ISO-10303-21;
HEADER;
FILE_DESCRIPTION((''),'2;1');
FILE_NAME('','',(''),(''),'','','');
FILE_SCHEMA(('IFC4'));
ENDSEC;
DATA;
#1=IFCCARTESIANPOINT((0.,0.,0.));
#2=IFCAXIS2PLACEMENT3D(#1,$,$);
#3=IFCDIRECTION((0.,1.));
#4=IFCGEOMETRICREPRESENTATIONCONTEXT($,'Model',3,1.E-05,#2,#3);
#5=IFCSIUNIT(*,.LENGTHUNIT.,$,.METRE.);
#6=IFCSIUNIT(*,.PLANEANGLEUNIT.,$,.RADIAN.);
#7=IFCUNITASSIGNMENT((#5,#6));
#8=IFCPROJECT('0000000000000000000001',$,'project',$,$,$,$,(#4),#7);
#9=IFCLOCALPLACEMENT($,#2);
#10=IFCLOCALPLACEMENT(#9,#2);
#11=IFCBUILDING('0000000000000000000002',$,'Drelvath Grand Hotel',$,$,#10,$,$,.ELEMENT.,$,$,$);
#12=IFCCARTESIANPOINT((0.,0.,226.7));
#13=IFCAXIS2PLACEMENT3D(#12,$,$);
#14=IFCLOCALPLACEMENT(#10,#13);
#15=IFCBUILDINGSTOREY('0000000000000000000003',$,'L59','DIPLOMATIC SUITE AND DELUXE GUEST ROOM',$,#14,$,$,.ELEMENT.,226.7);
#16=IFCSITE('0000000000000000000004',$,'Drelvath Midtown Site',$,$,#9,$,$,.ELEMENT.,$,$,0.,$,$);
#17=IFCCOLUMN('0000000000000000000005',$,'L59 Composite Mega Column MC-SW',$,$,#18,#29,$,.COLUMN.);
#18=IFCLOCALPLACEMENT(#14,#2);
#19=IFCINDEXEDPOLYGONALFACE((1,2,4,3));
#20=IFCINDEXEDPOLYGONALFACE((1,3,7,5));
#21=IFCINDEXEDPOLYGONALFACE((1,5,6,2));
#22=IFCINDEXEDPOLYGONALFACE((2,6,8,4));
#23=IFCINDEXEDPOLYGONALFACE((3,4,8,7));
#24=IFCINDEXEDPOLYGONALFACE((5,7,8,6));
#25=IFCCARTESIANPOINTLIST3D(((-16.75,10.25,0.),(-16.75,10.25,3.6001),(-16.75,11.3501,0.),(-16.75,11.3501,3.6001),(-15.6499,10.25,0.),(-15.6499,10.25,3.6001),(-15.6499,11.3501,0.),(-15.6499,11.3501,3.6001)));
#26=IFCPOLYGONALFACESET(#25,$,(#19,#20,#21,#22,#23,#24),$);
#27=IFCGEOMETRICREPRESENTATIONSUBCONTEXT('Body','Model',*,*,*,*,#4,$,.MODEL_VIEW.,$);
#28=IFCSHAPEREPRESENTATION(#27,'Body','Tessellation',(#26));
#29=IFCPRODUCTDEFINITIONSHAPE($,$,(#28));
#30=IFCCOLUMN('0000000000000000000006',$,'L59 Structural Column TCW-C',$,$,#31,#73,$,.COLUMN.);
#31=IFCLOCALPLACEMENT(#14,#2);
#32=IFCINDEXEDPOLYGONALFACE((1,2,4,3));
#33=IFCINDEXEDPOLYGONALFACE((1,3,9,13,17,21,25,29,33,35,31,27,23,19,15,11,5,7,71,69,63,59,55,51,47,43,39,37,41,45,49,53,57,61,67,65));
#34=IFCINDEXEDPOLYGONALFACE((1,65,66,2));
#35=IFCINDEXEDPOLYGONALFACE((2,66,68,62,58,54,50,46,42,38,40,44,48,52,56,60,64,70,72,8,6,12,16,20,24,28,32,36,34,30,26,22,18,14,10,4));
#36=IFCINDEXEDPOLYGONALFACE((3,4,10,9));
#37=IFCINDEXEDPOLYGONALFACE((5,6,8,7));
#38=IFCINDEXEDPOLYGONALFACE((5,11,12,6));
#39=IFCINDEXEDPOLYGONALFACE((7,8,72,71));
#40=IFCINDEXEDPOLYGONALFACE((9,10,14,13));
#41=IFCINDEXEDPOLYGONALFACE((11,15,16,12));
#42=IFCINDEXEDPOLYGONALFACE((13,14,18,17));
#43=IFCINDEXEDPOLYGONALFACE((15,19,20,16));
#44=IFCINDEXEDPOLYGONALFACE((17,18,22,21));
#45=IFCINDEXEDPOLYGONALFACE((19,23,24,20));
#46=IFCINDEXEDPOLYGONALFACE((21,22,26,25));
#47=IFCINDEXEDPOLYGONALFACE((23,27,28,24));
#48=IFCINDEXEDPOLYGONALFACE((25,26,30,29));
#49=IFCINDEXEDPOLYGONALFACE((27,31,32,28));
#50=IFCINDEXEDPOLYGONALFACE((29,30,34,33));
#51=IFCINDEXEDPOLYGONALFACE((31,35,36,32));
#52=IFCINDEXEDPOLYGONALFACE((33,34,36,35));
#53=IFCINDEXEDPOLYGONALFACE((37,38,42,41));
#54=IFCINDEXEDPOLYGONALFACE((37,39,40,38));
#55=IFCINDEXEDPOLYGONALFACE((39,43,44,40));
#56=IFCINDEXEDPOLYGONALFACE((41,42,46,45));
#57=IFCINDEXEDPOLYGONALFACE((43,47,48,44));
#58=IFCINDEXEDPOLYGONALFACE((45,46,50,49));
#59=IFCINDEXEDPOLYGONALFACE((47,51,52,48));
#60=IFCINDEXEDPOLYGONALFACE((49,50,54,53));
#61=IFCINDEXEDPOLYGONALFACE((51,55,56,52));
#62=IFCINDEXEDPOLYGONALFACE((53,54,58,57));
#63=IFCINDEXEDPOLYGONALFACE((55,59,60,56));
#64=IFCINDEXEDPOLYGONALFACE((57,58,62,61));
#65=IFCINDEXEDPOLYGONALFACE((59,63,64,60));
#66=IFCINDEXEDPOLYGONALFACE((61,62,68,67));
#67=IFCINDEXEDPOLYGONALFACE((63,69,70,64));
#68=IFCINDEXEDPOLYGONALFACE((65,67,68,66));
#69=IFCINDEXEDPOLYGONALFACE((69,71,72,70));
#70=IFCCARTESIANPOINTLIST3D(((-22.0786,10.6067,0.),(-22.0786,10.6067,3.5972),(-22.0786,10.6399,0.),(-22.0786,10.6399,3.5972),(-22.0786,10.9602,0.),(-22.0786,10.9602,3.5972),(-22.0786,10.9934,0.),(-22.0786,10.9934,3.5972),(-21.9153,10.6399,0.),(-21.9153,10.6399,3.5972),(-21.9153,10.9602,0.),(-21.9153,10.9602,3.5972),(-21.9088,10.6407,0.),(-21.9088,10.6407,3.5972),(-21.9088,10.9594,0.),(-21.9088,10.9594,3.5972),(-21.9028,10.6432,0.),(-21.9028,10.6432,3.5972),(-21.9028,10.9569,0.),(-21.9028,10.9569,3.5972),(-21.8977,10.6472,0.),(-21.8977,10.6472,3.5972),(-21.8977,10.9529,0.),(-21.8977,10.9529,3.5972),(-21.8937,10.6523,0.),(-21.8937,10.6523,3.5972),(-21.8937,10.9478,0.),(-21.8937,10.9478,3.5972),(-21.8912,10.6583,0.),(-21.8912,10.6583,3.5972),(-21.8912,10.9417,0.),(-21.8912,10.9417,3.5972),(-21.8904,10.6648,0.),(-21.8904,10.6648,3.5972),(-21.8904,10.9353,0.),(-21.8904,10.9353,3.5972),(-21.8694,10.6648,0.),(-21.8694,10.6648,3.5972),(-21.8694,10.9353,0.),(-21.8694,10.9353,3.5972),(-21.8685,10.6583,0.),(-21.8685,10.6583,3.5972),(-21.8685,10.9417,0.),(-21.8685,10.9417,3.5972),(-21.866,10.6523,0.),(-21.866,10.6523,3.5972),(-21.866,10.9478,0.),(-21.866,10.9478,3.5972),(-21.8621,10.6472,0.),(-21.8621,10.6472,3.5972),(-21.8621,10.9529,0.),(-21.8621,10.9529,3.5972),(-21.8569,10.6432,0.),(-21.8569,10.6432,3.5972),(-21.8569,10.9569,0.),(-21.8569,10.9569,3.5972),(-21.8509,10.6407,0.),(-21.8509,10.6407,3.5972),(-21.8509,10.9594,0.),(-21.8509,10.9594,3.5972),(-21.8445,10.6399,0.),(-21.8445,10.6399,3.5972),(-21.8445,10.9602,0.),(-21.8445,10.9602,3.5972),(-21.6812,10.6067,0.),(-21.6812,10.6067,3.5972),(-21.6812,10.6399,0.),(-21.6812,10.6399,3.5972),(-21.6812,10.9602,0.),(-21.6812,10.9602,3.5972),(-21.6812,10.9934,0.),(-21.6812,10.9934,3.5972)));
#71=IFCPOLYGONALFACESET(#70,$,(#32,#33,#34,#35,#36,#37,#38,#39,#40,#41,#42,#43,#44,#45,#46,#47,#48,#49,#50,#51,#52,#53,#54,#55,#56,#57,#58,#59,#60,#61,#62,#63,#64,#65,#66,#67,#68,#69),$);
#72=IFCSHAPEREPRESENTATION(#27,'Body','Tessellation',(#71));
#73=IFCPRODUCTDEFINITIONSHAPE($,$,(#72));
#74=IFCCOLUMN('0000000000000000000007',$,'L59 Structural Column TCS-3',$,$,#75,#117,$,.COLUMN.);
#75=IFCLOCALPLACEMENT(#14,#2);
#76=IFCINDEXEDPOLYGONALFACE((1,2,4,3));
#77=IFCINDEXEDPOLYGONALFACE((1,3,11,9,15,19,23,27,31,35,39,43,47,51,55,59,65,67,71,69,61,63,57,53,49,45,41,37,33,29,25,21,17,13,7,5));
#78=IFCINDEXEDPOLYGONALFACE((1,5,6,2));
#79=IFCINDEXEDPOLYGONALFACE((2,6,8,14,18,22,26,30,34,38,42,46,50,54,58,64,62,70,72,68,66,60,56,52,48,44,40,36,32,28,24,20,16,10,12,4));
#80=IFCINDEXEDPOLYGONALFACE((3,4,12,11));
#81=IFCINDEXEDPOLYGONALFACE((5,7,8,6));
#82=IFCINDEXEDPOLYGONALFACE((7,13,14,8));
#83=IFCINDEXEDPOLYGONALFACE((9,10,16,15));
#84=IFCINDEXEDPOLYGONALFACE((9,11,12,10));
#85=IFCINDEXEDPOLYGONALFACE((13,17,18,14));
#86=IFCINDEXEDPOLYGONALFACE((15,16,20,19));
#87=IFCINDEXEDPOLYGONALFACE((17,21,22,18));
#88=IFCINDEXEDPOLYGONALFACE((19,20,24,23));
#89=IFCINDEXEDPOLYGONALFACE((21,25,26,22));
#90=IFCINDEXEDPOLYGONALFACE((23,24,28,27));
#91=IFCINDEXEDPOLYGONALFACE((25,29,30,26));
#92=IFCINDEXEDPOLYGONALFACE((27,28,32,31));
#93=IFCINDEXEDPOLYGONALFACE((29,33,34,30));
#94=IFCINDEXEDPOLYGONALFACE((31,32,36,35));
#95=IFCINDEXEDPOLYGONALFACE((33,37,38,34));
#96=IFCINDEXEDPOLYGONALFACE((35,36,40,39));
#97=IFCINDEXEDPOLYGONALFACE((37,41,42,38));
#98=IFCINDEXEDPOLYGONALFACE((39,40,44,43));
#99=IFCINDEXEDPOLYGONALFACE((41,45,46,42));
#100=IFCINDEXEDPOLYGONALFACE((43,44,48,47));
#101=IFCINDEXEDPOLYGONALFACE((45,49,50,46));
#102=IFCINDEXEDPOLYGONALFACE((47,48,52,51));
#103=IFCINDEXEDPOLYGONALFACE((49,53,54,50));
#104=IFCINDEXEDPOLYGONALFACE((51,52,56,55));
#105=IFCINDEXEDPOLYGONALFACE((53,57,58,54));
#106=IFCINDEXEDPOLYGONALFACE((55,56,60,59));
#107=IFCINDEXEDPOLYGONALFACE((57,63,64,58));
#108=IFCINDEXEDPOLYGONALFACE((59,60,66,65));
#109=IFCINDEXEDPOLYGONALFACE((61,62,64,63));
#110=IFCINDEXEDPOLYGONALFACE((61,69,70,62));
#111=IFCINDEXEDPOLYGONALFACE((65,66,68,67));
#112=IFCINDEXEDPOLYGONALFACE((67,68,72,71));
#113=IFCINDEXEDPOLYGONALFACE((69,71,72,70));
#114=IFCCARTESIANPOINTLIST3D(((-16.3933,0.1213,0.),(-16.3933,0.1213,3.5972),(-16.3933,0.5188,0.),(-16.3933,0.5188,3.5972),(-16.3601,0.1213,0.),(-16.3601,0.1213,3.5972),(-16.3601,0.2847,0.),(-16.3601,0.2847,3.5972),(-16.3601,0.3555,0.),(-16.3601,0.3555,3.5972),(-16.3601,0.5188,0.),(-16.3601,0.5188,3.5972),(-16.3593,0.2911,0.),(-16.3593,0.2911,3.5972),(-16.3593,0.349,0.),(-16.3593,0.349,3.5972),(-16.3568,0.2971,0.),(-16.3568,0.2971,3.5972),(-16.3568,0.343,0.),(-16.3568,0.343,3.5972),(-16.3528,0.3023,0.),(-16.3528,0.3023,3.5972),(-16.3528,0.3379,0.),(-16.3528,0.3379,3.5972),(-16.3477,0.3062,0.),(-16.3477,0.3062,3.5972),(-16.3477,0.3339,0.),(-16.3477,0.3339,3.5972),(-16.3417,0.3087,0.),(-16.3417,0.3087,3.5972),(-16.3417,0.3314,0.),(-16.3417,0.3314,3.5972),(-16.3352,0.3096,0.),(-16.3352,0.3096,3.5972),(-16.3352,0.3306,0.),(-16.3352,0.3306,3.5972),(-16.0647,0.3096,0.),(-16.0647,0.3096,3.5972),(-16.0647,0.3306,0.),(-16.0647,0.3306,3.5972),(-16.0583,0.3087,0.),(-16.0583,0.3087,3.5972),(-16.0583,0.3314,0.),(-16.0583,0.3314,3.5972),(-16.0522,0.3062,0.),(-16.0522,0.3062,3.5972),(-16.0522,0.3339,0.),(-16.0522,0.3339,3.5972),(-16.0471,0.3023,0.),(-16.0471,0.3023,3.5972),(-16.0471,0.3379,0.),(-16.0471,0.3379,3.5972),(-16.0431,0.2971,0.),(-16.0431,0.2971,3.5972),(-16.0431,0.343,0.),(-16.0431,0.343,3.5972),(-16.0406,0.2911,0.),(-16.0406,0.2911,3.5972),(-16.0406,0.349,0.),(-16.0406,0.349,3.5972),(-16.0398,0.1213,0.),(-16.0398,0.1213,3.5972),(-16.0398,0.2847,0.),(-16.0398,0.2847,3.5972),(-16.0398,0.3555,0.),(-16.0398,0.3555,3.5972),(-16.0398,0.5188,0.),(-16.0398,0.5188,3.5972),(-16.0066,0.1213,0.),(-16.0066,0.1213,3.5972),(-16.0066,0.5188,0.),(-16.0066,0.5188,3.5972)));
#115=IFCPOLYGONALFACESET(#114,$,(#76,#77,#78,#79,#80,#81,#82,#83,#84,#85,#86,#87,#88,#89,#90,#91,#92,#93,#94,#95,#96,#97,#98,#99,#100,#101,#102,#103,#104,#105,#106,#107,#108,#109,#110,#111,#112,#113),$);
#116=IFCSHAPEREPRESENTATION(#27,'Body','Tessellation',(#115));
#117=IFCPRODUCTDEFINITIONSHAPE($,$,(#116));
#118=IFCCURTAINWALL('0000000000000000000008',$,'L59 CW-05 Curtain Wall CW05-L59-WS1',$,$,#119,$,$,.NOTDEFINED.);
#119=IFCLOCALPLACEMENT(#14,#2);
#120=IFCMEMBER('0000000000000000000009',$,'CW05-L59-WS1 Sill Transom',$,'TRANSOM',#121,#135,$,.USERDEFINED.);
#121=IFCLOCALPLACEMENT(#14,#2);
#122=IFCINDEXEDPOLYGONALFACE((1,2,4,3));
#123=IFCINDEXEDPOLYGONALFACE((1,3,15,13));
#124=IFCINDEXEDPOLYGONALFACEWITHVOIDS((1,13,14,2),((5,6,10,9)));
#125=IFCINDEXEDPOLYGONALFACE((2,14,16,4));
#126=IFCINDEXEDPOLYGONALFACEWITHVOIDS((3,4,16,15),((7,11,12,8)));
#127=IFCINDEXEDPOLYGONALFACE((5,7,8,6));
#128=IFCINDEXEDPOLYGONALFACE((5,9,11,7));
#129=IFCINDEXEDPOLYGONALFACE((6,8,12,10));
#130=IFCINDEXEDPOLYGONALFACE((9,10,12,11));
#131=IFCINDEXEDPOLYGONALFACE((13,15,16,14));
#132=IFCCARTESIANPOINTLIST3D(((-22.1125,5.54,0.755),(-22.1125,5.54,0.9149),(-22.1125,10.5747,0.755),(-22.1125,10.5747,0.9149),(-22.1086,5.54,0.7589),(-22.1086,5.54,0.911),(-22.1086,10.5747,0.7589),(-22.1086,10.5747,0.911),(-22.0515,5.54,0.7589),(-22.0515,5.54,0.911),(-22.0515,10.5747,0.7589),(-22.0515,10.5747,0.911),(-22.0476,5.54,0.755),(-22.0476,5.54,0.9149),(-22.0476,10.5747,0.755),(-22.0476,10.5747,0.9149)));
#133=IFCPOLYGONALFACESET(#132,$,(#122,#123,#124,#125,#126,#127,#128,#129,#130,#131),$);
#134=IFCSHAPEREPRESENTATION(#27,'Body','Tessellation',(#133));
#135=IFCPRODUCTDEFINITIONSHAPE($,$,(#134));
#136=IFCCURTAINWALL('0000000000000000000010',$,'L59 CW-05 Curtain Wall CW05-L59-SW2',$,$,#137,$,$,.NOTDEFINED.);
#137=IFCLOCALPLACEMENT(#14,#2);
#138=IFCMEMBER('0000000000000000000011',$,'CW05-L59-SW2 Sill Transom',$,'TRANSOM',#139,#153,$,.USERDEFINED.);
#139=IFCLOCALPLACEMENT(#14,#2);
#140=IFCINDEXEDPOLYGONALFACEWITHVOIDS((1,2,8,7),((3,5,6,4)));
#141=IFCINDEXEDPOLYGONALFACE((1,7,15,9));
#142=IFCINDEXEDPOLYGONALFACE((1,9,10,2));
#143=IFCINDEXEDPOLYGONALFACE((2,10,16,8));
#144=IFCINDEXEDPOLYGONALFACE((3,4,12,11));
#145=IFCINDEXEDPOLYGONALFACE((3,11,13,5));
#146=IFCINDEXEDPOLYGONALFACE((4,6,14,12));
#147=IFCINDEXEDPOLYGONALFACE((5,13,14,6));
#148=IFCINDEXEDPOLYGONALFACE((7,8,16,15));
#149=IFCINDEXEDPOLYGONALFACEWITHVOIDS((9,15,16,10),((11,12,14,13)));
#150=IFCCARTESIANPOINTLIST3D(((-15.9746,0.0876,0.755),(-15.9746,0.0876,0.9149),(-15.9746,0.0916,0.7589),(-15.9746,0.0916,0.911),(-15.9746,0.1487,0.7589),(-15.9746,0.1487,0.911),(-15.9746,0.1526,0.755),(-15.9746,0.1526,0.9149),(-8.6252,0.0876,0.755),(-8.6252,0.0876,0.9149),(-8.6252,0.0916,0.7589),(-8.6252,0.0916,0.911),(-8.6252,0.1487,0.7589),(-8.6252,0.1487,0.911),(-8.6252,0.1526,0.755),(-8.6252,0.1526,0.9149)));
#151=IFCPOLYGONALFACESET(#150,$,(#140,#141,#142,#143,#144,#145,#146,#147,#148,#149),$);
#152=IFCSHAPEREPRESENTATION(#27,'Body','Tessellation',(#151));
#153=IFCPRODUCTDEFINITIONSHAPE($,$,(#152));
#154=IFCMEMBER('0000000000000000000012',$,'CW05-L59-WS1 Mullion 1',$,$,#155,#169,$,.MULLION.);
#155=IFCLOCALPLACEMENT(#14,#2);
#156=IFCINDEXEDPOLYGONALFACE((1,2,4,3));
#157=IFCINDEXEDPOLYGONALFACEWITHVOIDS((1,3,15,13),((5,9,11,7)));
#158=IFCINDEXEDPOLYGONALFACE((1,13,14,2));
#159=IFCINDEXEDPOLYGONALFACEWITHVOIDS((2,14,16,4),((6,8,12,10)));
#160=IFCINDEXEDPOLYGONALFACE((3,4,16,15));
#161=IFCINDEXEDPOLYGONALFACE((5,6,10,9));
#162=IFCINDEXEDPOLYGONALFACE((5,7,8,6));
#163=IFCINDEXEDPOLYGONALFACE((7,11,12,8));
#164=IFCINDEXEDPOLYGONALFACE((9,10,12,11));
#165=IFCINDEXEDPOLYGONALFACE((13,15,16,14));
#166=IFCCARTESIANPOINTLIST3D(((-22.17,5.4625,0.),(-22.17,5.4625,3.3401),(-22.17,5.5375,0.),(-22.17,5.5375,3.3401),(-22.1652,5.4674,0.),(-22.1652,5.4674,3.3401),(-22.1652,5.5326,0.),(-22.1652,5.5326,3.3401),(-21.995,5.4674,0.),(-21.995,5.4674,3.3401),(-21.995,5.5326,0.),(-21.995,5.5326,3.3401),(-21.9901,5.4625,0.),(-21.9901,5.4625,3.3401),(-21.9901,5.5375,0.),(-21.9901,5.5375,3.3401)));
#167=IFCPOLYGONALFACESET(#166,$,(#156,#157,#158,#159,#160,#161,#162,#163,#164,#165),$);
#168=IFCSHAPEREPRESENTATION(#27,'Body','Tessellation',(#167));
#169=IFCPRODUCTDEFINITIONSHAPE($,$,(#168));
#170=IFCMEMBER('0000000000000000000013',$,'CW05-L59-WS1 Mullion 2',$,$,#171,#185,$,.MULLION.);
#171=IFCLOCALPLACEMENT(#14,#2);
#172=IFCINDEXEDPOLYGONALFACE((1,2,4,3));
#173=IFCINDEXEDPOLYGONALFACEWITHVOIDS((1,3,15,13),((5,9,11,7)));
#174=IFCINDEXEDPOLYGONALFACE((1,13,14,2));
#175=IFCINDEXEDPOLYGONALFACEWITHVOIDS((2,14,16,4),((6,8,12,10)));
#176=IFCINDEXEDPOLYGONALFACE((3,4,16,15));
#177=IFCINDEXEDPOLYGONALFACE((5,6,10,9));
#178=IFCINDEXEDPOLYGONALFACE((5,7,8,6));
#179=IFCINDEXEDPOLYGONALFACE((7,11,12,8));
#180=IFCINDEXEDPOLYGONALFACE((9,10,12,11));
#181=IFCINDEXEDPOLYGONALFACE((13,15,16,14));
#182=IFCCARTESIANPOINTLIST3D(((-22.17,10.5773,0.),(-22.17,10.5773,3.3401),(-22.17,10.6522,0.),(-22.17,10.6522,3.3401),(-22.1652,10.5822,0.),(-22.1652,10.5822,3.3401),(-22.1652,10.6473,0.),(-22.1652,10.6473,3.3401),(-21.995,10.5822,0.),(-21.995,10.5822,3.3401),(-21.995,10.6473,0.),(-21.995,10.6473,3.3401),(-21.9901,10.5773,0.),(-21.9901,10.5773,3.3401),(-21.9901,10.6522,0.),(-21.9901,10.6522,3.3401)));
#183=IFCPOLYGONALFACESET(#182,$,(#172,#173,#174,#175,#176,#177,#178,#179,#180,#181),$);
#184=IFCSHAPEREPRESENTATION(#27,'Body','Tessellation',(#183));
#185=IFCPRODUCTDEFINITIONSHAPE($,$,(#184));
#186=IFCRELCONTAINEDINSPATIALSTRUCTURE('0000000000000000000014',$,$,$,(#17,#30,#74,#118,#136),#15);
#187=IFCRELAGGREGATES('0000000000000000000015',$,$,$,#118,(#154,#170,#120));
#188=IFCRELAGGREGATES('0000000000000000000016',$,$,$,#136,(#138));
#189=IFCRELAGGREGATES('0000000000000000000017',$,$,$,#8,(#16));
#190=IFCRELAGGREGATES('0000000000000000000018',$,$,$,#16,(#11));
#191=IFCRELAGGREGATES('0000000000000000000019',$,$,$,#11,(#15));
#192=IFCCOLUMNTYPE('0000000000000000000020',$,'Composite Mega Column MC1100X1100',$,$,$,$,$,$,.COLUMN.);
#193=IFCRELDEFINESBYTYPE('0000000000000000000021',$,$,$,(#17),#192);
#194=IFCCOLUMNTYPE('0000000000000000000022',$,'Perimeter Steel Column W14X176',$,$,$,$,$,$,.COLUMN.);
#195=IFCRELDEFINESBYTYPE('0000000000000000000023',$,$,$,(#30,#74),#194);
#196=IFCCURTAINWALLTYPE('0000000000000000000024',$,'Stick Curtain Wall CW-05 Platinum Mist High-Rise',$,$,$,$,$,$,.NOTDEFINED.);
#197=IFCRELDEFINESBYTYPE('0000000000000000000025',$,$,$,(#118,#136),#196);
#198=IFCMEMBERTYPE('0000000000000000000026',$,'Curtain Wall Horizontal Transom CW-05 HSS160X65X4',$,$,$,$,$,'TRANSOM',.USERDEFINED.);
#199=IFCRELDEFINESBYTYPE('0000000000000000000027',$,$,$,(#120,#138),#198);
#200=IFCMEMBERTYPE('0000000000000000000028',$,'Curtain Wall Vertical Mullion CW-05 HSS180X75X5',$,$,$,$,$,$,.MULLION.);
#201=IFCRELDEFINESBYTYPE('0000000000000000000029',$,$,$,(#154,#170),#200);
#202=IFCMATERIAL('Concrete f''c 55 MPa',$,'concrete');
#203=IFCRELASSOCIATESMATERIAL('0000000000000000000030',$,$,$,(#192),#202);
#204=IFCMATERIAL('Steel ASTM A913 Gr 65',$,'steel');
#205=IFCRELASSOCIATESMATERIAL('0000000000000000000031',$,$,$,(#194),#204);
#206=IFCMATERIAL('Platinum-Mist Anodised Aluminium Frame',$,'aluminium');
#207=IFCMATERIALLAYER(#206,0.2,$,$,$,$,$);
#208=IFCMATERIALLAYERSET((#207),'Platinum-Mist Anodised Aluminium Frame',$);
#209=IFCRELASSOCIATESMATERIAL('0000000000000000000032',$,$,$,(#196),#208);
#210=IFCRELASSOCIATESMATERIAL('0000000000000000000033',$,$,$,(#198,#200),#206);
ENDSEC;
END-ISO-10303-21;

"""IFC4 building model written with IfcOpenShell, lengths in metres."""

from ifc_helpers import new_model, si_unit, direction, frame, origin, origin_2d, place, context, subcontext, project, spatial, rectangle, hollow_rectangle, i_section, extrude, material, layer, layer_set, material_profile, profile_set, type_object, element, aggregate, save


model = new_model("IFC4")

# Units and contexts
model_context = context("Model", 3, precision=1e-05, world=origin(), true_north=direction((0.0, 1.0)))
body_context = subcontext(model_context, "Body", "Model", "MODEL_VIEW")
ifc_project = project(units=[si_unit("LENGTHUNIT", "METRE"), si_unit("PLANEANGLEUNIT", "RADIAN")], contexts=[model_context])

# Site, building, storey
site_placement = place(None, origin())
site = spatial("IfcSite", under=ifc_project, at=site_placement, Name="Drelvath Midtown Site", CompositionType="ELEMENT", RefElevation=0.0)
building_placement = place(site_placement, origin())
building = spatial("IfcBuilding", under=site, at=building_placement, Name="Drelvath Grand Hotel", CompositionType="ELEMENT")
storey_placement = place(building_placement, frame((0.0, 0.0, 226.7)))
storey = spatial("IfcBuildingStorey", under=building, at=storey_placement, Name="L59", Description="DIPLOMATIC SUITE AND DELUXE GUEST ROOM", CompositionType="ELEMENT", Elevation=226.7)

# Columns
ifc_material_1 = material(Name="Concrete f'c 55 MPa", Category="concrete")
ifc_material_profile_1 = material_profile(ifc_material_1, rectangle(XDim=1.1001, YDim=1.1001, at=origin_2d()), Name="MC1100X1100")
ifc_profile_set_1 = profile_set([ifc_material_profile_1], Name="Concrete f'c 55 MPa")
column_type_1 = type_object("IfcColumnType", Name="Composite Mega Column MC1100X1100", PredefinedType="COLUMN", material=ifc_profile_set_1)
column_placement = place(storey_placement, frame((-16.2, 10.8, 0.0), z_axis=(0.0, 0.0, 1.0), x_axis=(1.0, 0.0, 0.0)))
element("IfcColumn", 1, at=column_placement, inside=storey, type_object=column_type_1, Name="L59 Composite Mega Column MC-SW", PredefinedType="COLUMN", context=body_context, shape_type="SweptSolid", body=[
    extrude(rectangle(XDim=1.1001, YDim=1.1001, at=origin_2d()), origin(), (0.0, 0.0, 1.0), 3.6001),
])
ifc_material_2 = material(Name="Steel ASTM A913 Gr 65", Category="steel")
ifc_material_profile_2 = material_profile(ifc_material_2, i_section(OverallWidth=0.3975, OverallDepth=0.3867, WebThickness=0.021, FlangeThickness=0.0332, FilletRadius=0.0249, at=origin_2d()), Name="W14X176")
ifc_profile_set_2 = profile_set([ifc_material_profile_2], Name="Steel ASTM A913 Gr 65")
column_type_2 = type_object("IfcColumnType", Name="Perimeter Steel Column W14X176", PredefinedType="COLUMN", material=ifc_profile_set_2)
for number, where, z_axis, x_axis, name in (
    (2, (-21.8799, 10.8, 0.0), (0.0, 0.0, 1.0), (1.0, 0.0, 0.0), "L59 Structural Column TCW-C"),
    (3, (-16.2, 0.3201, 0.0), (0.0, 0.0, 1.0), (0.0, 1.0, 0.0), "L59 Structural Column TCS-3"),
):
    element("IfcColumn", number, at=place(storey_placement, frame(where, z_axis=z_axis, x_axis=x_axis)), inside=storey, type_object=column_type_2, Name=name, PredefinedType="COLUMN", context=body_context, shape_type="SweptSolid", body=[
        extrude(i_section(OverallWidth=0.3975, OverallDepth=0.3867, WebThickness=0.021, FlangeThickness=0.0332, FilletRadius=0.0249, at=origin_2d()), origin(), (0.0, 0.0, 1.0), 3.5972),
    ])

# Curtain walls, members
ifc_material_3 = material(Name="Platinum-Mist Anodised Aluminium Frame", Category="aluminium")
ifc_layer_1 = layer(ifc_material_3, 0.2)
ifc_layer_set_1 = layer_set([ifc_layer_1], Name="Platinum-Mist Anodised Aluminium Frame")
curtain_wall_type = type_object("IfcCurtainWallType", Name="Stick Curtain Wall CW-05 Platinum Mist High-Rise", PredefinedType="NOTDEFINED", material=ifc_layer_set_1)
curtain_wall_1_placement = place(storey_placement, origin())
curtain_wall_1 = element("IfcCurtainWall", 4, at=curtain_wall_1_placement, inside=storey, type_object=curtain_wall_type, Name="L59 CW-05 Curtain Wall CW05-L59-WS1", PredefinedType="NOTDEFINED")
ifc_material_profile_3 = material_profile(ifc_material_3, hollow_rectangle(XDim=0.0649, YDim=0.1599, WallThickness=0.0039, at=origin_2d()), Name="HSS160X65X4")
ifc_profile_set_3 = profile_set([ifc_material_profile_3], Name="Platinum-Mist Anodised Aluminium Frame")
member_type_1 = type_object("IfcMemberType", Name="Curtain Wall Horizontal Transom CW-05 HSS160X65X4", ElementType="TRANSOM", PredefinedType="USERDEFINED", material=ifc_profile_set_3)
member_1_placement = place(storey_placement, frame((-22.0801, 5.54, 0.835), z_axis=(0.0, 1.0, 0.0), x_axis=(-1.0, 0.0, 0.0)))
member_1 = element("IfcMember", 5, at=member_1_placement, type_object=member_type_1, Name="CW05-L59-WS1 Sill Transom", ObjectType="TRANSOM", PredefinedType="USERDEFINED", context=body_context, shape_type="SweptSolid", body=[
    extrude(hollow_rectangle(XDim=0.0649, YDim=0.1599, WallThickness=0.0039, at=origin_2d()), origin(), (0.0, 0.0, 1.0), 5.0347),
])
curtain_wall_2_placement = place(storey_placement, origin())
curtain_wall_2 = element("IfcCurtainWall", 6, at=curtain_wall_2_placement, inside=storey, type_object=curtain_wall_type, Name="L59 CW-05 Curtain Wall CW05-L59-SW2", PredefinedType="NOTDEFINED")
member_2_placement = place(storey_placement, frame((-8.6252, 0.1201, 0.835), z_axis=(-1.0, 0.0, 0.0), x_axis=(0.0, -1.0, 0.0)))
member_2 = element("IfcMember", 7, at=member_2_placement, type_object=member_type_1, Name="CW05-L59-SW2 Sill Transom", ObjectType="TRANSOM", PredefinedType="USERDEFINED", context=body_context, shape_type="SweptSolid", body=[
    extrude(hollow_rectangle(XDim=0.0649, YDim=0.1599, WallThickness=0.0039, at=origin_2d()), origin(), (0.0, 0.0, 1.0), 7.3494),
])

# Members
ifc_material_profile_4 = material_profile(ifc_material_3, hollow_rectangle(XDim=0.075, YDim=0.1799, WallThickness=0.0049, at=origin_2d()), Name="HSS180X75X5")
ifc_profile_set_4 = profile_set([ifc_material_profile_4], Name="Platinum-Mist Anodised Aluminium Frame")
member_type_2 = type_object("IfcMemberType", Name="Curtain Wall Vertical Mullion CW-05 HSS180X75X5", PredefinedType="MULLION", material=ifc_profile_set_4)
member_3_placement = place(storey_placement, frame((-22.0801, 5.5, 0.0), z_axis=(0.0, 0.0, 1.0), x_axis=(0.0, 1.0, 0.0)))
member_3 = element("IfcMember", 8, at=member_3_placement, type_object=member_type_2, Name="CW05-L59-WS1 Mullion 1", PredefinedType="MULLION", context=body_context, shape_type="SweptSolid", body=[
    extrude(hollow_rectangle(XDim=0.075, YDim=0.1799, WallThickness=0.0049, at=origin_2d()), origin(), (0.0, 0.0, 1.0), 3.3401),
])
member_4_placement = place(storey_placement, frame((-22.0801, 10.6147, 0.0), z_axis=(0.0, 0.0, 1.0), x_axis=(0.0, 1.0, 0.0)))
member_4 = element("IfcMember", 9, at=member_4_placement, type_object=member_type_2, Name="CW05-L59-WS1 Mullion 2", PredefinedType="MULLION", context=body_context, shape_type="SweptSolid", body=[
    extrude(hollow_rectangle(XDim=0.075, YDim=0.1799, WallThickness=0.0049, at=origin_2d()), origin(), (0.0, 0.0, 1.0), 3.3401),
])

aggregate(curtain_wall_1, [member_3, member_4, member_1])
aggregate(curtain_wall_2, [member_2])

save(model, "model.ifc")
